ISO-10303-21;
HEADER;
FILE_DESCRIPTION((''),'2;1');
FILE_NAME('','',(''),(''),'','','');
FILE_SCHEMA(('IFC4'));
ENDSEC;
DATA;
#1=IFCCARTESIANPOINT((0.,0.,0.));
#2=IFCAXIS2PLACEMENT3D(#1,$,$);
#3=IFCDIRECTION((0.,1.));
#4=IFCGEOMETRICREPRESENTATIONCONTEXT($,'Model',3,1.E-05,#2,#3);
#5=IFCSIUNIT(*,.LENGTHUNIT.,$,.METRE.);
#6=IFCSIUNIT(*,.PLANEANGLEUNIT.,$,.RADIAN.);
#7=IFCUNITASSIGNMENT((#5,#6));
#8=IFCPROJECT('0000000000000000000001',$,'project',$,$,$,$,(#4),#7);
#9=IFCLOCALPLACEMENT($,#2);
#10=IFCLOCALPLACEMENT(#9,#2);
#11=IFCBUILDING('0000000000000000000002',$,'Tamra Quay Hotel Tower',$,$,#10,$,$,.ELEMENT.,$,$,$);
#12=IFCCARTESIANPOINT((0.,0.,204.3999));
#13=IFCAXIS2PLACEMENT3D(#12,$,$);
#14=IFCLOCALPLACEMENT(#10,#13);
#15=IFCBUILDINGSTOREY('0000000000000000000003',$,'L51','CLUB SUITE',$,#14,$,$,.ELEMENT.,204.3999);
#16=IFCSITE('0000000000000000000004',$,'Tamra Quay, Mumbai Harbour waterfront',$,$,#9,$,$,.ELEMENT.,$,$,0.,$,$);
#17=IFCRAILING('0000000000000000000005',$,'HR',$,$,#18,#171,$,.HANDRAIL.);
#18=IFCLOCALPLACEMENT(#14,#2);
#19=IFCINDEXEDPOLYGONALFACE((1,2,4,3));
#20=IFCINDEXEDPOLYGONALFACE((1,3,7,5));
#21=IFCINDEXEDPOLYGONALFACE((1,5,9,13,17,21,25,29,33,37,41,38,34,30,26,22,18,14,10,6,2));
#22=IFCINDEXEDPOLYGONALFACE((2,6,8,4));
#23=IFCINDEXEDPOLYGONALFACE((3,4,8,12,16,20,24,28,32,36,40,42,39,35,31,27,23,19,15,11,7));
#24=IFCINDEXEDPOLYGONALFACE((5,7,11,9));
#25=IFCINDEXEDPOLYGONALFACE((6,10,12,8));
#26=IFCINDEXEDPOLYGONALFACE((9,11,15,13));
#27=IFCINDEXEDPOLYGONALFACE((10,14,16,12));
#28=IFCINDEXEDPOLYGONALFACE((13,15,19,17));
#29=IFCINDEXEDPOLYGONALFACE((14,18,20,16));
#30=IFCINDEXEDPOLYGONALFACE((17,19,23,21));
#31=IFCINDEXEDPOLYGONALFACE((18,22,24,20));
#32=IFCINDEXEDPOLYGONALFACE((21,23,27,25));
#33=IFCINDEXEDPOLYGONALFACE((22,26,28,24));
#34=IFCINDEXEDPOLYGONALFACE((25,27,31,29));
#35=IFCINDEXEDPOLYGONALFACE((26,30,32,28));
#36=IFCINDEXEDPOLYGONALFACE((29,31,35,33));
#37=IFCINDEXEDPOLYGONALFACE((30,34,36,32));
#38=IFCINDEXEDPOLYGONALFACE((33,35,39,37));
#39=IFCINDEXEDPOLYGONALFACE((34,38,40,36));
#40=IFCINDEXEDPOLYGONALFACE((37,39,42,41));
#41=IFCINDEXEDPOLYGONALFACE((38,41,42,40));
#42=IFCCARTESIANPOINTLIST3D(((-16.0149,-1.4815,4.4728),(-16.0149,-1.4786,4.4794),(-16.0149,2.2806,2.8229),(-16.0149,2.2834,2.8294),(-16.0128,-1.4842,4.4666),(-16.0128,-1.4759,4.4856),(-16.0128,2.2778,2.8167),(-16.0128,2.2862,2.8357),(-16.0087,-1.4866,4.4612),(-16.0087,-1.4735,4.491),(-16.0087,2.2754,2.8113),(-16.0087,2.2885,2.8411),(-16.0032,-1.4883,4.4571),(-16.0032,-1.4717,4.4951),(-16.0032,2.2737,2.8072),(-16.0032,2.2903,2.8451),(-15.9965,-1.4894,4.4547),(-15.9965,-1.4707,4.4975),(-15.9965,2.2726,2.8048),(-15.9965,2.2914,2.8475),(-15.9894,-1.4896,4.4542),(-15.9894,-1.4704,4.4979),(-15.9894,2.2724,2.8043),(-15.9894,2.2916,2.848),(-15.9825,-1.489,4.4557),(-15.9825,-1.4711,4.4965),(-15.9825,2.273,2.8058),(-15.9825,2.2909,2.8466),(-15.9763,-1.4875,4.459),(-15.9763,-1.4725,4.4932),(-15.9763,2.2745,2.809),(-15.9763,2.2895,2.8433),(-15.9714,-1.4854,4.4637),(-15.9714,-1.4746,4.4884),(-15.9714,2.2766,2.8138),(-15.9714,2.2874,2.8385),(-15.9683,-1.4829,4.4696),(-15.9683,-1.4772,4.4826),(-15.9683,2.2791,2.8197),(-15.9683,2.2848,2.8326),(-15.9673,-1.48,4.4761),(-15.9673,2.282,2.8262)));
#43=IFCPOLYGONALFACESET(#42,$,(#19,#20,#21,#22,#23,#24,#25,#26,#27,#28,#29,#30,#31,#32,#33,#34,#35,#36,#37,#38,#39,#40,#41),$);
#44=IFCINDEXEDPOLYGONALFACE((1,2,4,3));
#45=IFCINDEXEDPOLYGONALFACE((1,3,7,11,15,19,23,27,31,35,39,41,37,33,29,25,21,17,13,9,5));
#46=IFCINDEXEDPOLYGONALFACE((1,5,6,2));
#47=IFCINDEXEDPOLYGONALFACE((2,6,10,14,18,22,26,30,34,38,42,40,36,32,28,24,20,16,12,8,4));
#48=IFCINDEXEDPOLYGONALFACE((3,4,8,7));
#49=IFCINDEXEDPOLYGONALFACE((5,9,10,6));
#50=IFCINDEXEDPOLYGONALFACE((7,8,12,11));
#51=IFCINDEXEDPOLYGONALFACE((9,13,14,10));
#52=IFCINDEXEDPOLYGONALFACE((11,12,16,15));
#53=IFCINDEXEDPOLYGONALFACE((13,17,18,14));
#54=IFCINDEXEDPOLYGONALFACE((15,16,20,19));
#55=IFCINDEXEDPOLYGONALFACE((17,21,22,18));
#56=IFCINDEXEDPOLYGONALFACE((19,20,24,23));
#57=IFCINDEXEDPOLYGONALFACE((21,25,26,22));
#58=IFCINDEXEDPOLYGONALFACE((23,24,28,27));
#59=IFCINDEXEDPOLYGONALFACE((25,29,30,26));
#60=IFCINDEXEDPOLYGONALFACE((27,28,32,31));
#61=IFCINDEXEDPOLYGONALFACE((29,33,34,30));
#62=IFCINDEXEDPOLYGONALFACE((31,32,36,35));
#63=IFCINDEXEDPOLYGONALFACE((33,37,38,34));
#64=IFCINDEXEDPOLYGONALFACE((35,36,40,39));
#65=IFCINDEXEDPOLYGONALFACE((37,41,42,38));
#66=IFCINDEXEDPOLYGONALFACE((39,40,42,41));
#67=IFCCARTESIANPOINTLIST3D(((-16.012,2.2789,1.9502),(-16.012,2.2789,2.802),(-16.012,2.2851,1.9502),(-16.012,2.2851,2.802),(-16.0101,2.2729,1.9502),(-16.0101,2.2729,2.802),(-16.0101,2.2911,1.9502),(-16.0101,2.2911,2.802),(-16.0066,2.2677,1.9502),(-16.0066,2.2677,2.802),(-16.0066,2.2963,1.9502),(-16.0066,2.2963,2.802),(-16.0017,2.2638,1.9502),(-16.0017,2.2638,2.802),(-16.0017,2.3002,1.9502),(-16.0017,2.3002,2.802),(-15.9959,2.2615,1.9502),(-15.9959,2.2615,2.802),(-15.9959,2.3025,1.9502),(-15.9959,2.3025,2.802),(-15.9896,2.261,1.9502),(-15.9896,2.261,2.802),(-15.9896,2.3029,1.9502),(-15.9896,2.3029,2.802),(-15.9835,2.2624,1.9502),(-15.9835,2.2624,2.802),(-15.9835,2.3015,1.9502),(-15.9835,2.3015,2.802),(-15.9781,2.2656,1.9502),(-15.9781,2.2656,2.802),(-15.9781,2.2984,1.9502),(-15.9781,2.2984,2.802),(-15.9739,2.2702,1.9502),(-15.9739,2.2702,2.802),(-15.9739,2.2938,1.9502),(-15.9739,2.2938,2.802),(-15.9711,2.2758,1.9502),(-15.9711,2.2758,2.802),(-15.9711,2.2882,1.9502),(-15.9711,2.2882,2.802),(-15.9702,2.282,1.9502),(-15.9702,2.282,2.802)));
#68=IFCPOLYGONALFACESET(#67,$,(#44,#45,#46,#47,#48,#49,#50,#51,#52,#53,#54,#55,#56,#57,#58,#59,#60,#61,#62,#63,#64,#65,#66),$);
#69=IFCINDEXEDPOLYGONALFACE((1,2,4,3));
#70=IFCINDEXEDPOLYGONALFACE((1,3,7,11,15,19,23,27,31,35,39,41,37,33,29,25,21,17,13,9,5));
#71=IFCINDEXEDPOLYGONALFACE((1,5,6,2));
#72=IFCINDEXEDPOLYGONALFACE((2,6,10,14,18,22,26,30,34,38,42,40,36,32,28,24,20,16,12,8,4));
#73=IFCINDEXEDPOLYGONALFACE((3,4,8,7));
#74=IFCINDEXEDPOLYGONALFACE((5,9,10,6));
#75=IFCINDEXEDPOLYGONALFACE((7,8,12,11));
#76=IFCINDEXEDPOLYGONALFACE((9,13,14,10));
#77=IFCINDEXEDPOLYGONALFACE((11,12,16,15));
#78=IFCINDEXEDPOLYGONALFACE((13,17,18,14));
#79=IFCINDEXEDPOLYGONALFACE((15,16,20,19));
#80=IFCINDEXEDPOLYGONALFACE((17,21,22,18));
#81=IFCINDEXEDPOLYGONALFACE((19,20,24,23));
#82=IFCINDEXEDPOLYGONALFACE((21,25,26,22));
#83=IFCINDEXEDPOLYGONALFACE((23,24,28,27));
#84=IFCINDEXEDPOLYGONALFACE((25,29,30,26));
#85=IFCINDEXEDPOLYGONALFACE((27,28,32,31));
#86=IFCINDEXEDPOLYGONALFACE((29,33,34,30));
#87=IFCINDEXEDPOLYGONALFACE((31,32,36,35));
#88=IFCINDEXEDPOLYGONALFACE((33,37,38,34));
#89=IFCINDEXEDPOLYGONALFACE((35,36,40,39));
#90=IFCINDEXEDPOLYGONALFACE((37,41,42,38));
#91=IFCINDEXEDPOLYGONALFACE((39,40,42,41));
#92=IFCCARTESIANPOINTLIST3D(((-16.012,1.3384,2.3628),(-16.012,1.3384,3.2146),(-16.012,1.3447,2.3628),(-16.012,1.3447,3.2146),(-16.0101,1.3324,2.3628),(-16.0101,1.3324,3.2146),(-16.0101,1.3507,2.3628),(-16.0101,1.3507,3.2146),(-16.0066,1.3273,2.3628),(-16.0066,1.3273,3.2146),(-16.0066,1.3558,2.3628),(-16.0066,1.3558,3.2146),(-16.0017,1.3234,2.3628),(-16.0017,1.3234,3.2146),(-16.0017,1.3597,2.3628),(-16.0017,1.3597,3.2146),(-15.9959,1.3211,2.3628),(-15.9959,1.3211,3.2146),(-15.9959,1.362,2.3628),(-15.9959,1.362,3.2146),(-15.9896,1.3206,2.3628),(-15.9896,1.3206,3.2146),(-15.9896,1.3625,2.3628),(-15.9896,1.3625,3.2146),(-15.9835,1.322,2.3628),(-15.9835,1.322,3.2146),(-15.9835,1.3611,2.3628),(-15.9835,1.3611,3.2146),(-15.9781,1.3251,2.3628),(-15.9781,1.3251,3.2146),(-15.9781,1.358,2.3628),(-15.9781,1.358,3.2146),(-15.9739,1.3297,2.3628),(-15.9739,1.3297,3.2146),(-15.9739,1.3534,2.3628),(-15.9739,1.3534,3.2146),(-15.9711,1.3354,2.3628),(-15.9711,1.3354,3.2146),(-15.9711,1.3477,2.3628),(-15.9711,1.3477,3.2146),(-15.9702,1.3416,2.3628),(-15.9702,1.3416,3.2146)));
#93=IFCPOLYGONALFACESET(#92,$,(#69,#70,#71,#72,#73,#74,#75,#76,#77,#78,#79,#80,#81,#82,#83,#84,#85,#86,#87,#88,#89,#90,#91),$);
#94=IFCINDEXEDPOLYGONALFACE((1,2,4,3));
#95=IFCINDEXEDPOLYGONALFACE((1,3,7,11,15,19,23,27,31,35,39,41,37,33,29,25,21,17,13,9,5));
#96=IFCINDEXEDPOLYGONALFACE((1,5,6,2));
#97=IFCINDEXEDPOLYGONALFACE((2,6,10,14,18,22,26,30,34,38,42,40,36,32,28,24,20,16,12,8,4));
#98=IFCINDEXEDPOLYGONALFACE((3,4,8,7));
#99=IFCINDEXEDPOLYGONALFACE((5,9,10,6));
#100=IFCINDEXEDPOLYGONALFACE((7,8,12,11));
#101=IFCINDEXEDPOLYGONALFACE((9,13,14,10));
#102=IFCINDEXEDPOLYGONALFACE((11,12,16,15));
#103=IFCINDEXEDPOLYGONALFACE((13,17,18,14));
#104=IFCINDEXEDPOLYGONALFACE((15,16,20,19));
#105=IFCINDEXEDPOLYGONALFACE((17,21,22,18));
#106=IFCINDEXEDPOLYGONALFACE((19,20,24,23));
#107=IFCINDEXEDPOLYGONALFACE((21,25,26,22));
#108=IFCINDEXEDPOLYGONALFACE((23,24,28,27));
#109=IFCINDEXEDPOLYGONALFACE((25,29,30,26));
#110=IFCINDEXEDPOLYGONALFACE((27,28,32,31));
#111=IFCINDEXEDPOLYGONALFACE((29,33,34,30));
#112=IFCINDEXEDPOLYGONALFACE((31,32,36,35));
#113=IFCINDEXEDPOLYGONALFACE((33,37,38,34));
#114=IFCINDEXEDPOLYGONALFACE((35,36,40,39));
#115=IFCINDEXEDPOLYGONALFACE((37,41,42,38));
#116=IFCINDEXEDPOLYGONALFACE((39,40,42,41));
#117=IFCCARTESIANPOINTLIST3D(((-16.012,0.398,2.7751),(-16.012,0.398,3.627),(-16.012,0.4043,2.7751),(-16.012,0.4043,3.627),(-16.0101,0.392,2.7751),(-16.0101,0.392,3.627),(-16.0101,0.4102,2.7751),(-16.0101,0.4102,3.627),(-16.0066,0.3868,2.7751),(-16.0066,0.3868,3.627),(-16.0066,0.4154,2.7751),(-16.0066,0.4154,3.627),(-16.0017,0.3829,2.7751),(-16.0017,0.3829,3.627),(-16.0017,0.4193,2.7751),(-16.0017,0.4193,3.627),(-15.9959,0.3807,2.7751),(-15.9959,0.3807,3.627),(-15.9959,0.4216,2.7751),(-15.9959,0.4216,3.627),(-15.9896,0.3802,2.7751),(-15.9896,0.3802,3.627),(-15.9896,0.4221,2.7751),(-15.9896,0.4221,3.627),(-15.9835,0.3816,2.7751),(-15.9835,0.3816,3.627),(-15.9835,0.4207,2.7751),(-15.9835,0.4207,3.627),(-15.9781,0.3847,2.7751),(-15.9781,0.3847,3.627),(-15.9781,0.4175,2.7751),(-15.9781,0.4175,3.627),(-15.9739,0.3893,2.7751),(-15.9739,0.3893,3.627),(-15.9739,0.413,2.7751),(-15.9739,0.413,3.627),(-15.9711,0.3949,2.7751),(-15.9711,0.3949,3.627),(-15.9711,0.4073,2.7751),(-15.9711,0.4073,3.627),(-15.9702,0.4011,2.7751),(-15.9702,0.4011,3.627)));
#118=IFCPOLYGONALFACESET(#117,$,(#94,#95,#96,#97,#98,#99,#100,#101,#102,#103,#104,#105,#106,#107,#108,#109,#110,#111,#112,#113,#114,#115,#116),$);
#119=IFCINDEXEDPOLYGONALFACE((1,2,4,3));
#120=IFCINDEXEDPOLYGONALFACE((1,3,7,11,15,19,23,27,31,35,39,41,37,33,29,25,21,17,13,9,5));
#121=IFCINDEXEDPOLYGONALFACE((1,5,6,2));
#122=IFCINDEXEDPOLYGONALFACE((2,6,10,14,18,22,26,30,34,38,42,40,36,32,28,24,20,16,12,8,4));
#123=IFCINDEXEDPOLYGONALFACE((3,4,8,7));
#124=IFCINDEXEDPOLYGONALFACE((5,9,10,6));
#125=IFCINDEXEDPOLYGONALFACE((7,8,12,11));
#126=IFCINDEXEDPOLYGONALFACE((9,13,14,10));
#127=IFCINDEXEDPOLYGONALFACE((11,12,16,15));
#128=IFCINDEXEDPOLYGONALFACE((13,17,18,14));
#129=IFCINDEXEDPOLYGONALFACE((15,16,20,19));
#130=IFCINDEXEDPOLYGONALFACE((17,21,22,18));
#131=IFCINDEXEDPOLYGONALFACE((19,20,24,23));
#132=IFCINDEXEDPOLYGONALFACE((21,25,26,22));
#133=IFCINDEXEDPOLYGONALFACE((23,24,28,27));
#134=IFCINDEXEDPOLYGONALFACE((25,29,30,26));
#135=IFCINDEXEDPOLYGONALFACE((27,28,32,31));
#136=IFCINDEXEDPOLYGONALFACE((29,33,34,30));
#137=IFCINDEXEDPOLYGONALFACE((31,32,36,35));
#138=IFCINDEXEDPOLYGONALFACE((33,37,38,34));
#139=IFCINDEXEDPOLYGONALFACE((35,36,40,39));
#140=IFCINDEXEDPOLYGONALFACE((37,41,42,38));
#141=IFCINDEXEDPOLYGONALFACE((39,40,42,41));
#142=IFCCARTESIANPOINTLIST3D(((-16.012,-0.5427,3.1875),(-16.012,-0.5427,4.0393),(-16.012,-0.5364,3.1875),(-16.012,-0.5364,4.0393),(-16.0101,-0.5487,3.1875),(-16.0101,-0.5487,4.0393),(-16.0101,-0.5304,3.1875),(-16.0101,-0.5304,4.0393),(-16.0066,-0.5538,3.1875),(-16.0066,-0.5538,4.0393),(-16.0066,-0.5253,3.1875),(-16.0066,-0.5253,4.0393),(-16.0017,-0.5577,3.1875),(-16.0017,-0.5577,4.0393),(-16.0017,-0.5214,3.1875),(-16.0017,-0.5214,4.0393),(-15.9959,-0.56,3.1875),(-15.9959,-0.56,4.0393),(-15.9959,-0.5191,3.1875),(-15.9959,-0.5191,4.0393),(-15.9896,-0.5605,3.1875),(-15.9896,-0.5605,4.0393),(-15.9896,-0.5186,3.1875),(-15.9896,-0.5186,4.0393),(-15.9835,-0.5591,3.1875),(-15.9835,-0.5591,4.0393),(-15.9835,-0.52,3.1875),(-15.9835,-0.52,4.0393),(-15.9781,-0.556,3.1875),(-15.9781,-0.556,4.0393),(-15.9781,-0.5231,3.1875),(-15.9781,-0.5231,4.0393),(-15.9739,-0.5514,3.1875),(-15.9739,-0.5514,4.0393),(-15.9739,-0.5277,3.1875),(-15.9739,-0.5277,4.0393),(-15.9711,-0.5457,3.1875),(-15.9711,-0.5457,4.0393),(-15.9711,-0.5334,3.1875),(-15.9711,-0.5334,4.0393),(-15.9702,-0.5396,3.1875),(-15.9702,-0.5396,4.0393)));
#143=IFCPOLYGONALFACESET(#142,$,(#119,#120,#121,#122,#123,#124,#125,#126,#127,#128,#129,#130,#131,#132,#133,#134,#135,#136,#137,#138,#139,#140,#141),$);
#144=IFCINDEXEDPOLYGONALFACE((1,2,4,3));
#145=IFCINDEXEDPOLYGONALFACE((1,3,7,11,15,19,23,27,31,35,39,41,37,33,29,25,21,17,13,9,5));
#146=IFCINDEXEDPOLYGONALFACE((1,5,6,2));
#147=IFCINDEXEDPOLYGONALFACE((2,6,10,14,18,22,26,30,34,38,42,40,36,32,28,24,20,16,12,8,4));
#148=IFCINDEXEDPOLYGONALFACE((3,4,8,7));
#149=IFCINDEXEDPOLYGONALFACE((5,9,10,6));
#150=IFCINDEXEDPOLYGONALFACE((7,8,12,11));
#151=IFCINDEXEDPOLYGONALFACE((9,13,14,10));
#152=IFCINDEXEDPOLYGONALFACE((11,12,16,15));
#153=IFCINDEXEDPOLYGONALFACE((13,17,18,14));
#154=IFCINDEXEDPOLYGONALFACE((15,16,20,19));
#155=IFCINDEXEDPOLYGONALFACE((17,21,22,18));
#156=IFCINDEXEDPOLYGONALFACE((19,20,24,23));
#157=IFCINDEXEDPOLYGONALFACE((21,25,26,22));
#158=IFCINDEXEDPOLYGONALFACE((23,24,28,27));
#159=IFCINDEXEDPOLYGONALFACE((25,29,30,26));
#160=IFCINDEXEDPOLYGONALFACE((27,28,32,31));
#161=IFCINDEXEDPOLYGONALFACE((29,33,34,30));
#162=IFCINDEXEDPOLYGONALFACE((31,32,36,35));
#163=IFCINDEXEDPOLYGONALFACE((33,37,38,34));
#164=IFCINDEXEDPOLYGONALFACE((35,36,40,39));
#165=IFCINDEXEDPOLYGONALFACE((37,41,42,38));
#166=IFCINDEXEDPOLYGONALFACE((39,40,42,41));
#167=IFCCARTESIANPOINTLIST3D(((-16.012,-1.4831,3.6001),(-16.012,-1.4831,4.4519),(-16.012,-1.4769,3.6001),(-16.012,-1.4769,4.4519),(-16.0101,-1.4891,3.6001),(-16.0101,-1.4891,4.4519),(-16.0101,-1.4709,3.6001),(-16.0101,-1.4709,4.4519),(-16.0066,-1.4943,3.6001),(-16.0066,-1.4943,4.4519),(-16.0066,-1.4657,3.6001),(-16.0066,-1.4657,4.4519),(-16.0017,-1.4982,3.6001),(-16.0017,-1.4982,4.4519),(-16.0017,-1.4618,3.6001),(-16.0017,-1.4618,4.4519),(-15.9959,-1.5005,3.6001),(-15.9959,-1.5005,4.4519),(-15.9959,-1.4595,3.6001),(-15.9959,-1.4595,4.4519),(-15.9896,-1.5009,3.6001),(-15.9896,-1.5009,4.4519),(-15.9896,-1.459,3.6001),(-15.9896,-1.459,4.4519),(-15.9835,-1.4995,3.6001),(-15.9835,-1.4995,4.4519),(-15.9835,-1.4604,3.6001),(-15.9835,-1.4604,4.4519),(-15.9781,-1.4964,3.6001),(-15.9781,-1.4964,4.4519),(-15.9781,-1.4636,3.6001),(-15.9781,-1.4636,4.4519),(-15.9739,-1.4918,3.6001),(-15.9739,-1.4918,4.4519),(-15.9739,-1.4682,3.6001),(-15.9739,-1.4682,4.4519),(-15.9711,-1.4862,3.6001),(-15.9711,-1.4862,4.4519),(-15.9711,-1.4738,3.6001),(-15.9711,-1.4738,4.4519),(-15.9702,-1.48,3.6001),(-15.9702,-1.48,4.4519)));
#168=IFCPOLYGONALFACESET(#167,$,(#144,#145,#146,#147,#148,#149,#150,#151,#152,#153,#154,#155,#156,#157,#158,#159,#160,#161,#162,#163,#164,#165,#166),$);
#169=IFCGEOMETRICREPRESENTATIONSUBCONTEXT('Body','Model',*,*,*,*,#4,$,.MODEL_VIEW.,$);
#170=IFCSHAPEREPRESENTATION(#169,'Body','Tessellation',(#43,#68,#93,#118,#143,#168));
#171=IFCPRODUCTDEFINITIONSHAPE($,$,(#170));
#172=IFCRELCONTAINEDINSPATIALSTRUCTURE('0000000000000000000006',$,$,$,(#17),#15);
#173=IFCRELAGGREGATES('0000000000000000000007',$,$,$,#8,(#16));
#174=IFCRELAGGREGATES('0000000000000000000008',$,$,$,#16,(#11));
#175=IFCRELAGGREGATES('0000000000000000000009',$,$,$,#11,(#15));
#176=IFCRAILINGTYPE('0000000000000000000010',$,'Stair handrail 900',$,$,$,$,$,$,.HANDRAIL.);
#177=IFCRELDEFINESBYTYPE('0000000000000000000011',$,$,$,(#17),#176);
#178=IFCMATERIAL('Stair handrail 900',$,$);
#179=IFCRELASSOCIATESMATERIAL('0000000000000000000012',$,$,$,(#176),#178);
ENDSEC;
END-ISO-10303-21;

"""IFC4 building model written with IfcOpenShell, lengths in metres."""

from ifc_helpers import new_model, si_unit, direction, frame, origin, origin_2d, place, context, subcontext, project, spatial, circle, extrude, material, type_object, element, save


model = new_model("IFC4")

# Units and contexts
model_context = context("Model", 3, precision=1e-05, world=origin(), true_north=direction((0.0, 1.0)))
body_context = subcontext(model_context, "Body", "Model", "MODEL_VIEW")
ifc_project = project(units=[si_unit("LENGTHUNIT", "METRE"), si_unit("PLANEANGLEUNIT", "RADIAN")], contexts=[model_context])

# Site, building, storey
site_placement = place(None, origin())
site = spatial("IfcSite", under=ifc_project, at=site_placement, Name="Tamra Quay, Mumbai Harbour waterfront", CompositionType="ELEMENT", RefElevation=0.0)
building_placement = place(site_placement, origin())
building = spatial("IfcBuilding", under=site, at=building_placement, Name="Tamra Quay Hotel Tower", CompositionType="ELEMENT")
storey_placement = place(building_placement, frame((0.0, 0.0, 204.3999)))
storey = spatial("IfcBuildingStorey", under=building, at=storey_placement, Name="L51", Description="CLUB SUITE", CompositionType="ELEMENT", Elevation=204.3999)

# Railing
ifc_material_1 = material(Name="Stair handrail 900")
railing_type = type_object("IfcRailingType", Name="Stair handrail 900", PredefinedType="HANDRAIL", material=ifc_material_1)
railing_placement = place(storey_placement, frame((-15.9912, 2.282, 1.9502)))
element("IfcRailing", 1, at=railing_placement, inside=storey, type_object=railing_type, Name="HR", PredefinedType="HANDRAIL", context=body_context, shape_type="SweptSolid", body=[
    extrude(circle(Radius=0.0239, at=origin_2d()), frame((0.0, 0.0, 0.876), z_axis=(0.0, -0.915795, 0.401645), x_axis=(1.0, 0.0, 0.0)), (0.0, 0.0, 1.0), 4.1079),
    extrude(circle(Radius=0.021, at=origin_2d()), origin(), (0.0, 0.0, 1.0), 0.8518),
    extrude(circle(Radius=0.021, at=origin_2d()), frame((0.0, -0.9404, 0.4126)), (0.0, 0.0, 1.0), 0.8518),
    extrude(circle(Radius=0.021, at=origin_2d()), frame((0.0, -1.8809, 0.825)), (0.0, 0.0, 1.0), 0.8518),
    extrude(circle(Radius=0.021, at=origin_2d()), frame((0.0, -2.8215, 1.2373)), (0.0, 0.0, 1.0), 0.8518),
    extrude(circle(Radius=0.021, at=origin_2d()), frame((0.0, -3.762, 1.6499)), (0.0, 0.0, 1.0), 0.8518),
])

save(model, "model.ifc")
